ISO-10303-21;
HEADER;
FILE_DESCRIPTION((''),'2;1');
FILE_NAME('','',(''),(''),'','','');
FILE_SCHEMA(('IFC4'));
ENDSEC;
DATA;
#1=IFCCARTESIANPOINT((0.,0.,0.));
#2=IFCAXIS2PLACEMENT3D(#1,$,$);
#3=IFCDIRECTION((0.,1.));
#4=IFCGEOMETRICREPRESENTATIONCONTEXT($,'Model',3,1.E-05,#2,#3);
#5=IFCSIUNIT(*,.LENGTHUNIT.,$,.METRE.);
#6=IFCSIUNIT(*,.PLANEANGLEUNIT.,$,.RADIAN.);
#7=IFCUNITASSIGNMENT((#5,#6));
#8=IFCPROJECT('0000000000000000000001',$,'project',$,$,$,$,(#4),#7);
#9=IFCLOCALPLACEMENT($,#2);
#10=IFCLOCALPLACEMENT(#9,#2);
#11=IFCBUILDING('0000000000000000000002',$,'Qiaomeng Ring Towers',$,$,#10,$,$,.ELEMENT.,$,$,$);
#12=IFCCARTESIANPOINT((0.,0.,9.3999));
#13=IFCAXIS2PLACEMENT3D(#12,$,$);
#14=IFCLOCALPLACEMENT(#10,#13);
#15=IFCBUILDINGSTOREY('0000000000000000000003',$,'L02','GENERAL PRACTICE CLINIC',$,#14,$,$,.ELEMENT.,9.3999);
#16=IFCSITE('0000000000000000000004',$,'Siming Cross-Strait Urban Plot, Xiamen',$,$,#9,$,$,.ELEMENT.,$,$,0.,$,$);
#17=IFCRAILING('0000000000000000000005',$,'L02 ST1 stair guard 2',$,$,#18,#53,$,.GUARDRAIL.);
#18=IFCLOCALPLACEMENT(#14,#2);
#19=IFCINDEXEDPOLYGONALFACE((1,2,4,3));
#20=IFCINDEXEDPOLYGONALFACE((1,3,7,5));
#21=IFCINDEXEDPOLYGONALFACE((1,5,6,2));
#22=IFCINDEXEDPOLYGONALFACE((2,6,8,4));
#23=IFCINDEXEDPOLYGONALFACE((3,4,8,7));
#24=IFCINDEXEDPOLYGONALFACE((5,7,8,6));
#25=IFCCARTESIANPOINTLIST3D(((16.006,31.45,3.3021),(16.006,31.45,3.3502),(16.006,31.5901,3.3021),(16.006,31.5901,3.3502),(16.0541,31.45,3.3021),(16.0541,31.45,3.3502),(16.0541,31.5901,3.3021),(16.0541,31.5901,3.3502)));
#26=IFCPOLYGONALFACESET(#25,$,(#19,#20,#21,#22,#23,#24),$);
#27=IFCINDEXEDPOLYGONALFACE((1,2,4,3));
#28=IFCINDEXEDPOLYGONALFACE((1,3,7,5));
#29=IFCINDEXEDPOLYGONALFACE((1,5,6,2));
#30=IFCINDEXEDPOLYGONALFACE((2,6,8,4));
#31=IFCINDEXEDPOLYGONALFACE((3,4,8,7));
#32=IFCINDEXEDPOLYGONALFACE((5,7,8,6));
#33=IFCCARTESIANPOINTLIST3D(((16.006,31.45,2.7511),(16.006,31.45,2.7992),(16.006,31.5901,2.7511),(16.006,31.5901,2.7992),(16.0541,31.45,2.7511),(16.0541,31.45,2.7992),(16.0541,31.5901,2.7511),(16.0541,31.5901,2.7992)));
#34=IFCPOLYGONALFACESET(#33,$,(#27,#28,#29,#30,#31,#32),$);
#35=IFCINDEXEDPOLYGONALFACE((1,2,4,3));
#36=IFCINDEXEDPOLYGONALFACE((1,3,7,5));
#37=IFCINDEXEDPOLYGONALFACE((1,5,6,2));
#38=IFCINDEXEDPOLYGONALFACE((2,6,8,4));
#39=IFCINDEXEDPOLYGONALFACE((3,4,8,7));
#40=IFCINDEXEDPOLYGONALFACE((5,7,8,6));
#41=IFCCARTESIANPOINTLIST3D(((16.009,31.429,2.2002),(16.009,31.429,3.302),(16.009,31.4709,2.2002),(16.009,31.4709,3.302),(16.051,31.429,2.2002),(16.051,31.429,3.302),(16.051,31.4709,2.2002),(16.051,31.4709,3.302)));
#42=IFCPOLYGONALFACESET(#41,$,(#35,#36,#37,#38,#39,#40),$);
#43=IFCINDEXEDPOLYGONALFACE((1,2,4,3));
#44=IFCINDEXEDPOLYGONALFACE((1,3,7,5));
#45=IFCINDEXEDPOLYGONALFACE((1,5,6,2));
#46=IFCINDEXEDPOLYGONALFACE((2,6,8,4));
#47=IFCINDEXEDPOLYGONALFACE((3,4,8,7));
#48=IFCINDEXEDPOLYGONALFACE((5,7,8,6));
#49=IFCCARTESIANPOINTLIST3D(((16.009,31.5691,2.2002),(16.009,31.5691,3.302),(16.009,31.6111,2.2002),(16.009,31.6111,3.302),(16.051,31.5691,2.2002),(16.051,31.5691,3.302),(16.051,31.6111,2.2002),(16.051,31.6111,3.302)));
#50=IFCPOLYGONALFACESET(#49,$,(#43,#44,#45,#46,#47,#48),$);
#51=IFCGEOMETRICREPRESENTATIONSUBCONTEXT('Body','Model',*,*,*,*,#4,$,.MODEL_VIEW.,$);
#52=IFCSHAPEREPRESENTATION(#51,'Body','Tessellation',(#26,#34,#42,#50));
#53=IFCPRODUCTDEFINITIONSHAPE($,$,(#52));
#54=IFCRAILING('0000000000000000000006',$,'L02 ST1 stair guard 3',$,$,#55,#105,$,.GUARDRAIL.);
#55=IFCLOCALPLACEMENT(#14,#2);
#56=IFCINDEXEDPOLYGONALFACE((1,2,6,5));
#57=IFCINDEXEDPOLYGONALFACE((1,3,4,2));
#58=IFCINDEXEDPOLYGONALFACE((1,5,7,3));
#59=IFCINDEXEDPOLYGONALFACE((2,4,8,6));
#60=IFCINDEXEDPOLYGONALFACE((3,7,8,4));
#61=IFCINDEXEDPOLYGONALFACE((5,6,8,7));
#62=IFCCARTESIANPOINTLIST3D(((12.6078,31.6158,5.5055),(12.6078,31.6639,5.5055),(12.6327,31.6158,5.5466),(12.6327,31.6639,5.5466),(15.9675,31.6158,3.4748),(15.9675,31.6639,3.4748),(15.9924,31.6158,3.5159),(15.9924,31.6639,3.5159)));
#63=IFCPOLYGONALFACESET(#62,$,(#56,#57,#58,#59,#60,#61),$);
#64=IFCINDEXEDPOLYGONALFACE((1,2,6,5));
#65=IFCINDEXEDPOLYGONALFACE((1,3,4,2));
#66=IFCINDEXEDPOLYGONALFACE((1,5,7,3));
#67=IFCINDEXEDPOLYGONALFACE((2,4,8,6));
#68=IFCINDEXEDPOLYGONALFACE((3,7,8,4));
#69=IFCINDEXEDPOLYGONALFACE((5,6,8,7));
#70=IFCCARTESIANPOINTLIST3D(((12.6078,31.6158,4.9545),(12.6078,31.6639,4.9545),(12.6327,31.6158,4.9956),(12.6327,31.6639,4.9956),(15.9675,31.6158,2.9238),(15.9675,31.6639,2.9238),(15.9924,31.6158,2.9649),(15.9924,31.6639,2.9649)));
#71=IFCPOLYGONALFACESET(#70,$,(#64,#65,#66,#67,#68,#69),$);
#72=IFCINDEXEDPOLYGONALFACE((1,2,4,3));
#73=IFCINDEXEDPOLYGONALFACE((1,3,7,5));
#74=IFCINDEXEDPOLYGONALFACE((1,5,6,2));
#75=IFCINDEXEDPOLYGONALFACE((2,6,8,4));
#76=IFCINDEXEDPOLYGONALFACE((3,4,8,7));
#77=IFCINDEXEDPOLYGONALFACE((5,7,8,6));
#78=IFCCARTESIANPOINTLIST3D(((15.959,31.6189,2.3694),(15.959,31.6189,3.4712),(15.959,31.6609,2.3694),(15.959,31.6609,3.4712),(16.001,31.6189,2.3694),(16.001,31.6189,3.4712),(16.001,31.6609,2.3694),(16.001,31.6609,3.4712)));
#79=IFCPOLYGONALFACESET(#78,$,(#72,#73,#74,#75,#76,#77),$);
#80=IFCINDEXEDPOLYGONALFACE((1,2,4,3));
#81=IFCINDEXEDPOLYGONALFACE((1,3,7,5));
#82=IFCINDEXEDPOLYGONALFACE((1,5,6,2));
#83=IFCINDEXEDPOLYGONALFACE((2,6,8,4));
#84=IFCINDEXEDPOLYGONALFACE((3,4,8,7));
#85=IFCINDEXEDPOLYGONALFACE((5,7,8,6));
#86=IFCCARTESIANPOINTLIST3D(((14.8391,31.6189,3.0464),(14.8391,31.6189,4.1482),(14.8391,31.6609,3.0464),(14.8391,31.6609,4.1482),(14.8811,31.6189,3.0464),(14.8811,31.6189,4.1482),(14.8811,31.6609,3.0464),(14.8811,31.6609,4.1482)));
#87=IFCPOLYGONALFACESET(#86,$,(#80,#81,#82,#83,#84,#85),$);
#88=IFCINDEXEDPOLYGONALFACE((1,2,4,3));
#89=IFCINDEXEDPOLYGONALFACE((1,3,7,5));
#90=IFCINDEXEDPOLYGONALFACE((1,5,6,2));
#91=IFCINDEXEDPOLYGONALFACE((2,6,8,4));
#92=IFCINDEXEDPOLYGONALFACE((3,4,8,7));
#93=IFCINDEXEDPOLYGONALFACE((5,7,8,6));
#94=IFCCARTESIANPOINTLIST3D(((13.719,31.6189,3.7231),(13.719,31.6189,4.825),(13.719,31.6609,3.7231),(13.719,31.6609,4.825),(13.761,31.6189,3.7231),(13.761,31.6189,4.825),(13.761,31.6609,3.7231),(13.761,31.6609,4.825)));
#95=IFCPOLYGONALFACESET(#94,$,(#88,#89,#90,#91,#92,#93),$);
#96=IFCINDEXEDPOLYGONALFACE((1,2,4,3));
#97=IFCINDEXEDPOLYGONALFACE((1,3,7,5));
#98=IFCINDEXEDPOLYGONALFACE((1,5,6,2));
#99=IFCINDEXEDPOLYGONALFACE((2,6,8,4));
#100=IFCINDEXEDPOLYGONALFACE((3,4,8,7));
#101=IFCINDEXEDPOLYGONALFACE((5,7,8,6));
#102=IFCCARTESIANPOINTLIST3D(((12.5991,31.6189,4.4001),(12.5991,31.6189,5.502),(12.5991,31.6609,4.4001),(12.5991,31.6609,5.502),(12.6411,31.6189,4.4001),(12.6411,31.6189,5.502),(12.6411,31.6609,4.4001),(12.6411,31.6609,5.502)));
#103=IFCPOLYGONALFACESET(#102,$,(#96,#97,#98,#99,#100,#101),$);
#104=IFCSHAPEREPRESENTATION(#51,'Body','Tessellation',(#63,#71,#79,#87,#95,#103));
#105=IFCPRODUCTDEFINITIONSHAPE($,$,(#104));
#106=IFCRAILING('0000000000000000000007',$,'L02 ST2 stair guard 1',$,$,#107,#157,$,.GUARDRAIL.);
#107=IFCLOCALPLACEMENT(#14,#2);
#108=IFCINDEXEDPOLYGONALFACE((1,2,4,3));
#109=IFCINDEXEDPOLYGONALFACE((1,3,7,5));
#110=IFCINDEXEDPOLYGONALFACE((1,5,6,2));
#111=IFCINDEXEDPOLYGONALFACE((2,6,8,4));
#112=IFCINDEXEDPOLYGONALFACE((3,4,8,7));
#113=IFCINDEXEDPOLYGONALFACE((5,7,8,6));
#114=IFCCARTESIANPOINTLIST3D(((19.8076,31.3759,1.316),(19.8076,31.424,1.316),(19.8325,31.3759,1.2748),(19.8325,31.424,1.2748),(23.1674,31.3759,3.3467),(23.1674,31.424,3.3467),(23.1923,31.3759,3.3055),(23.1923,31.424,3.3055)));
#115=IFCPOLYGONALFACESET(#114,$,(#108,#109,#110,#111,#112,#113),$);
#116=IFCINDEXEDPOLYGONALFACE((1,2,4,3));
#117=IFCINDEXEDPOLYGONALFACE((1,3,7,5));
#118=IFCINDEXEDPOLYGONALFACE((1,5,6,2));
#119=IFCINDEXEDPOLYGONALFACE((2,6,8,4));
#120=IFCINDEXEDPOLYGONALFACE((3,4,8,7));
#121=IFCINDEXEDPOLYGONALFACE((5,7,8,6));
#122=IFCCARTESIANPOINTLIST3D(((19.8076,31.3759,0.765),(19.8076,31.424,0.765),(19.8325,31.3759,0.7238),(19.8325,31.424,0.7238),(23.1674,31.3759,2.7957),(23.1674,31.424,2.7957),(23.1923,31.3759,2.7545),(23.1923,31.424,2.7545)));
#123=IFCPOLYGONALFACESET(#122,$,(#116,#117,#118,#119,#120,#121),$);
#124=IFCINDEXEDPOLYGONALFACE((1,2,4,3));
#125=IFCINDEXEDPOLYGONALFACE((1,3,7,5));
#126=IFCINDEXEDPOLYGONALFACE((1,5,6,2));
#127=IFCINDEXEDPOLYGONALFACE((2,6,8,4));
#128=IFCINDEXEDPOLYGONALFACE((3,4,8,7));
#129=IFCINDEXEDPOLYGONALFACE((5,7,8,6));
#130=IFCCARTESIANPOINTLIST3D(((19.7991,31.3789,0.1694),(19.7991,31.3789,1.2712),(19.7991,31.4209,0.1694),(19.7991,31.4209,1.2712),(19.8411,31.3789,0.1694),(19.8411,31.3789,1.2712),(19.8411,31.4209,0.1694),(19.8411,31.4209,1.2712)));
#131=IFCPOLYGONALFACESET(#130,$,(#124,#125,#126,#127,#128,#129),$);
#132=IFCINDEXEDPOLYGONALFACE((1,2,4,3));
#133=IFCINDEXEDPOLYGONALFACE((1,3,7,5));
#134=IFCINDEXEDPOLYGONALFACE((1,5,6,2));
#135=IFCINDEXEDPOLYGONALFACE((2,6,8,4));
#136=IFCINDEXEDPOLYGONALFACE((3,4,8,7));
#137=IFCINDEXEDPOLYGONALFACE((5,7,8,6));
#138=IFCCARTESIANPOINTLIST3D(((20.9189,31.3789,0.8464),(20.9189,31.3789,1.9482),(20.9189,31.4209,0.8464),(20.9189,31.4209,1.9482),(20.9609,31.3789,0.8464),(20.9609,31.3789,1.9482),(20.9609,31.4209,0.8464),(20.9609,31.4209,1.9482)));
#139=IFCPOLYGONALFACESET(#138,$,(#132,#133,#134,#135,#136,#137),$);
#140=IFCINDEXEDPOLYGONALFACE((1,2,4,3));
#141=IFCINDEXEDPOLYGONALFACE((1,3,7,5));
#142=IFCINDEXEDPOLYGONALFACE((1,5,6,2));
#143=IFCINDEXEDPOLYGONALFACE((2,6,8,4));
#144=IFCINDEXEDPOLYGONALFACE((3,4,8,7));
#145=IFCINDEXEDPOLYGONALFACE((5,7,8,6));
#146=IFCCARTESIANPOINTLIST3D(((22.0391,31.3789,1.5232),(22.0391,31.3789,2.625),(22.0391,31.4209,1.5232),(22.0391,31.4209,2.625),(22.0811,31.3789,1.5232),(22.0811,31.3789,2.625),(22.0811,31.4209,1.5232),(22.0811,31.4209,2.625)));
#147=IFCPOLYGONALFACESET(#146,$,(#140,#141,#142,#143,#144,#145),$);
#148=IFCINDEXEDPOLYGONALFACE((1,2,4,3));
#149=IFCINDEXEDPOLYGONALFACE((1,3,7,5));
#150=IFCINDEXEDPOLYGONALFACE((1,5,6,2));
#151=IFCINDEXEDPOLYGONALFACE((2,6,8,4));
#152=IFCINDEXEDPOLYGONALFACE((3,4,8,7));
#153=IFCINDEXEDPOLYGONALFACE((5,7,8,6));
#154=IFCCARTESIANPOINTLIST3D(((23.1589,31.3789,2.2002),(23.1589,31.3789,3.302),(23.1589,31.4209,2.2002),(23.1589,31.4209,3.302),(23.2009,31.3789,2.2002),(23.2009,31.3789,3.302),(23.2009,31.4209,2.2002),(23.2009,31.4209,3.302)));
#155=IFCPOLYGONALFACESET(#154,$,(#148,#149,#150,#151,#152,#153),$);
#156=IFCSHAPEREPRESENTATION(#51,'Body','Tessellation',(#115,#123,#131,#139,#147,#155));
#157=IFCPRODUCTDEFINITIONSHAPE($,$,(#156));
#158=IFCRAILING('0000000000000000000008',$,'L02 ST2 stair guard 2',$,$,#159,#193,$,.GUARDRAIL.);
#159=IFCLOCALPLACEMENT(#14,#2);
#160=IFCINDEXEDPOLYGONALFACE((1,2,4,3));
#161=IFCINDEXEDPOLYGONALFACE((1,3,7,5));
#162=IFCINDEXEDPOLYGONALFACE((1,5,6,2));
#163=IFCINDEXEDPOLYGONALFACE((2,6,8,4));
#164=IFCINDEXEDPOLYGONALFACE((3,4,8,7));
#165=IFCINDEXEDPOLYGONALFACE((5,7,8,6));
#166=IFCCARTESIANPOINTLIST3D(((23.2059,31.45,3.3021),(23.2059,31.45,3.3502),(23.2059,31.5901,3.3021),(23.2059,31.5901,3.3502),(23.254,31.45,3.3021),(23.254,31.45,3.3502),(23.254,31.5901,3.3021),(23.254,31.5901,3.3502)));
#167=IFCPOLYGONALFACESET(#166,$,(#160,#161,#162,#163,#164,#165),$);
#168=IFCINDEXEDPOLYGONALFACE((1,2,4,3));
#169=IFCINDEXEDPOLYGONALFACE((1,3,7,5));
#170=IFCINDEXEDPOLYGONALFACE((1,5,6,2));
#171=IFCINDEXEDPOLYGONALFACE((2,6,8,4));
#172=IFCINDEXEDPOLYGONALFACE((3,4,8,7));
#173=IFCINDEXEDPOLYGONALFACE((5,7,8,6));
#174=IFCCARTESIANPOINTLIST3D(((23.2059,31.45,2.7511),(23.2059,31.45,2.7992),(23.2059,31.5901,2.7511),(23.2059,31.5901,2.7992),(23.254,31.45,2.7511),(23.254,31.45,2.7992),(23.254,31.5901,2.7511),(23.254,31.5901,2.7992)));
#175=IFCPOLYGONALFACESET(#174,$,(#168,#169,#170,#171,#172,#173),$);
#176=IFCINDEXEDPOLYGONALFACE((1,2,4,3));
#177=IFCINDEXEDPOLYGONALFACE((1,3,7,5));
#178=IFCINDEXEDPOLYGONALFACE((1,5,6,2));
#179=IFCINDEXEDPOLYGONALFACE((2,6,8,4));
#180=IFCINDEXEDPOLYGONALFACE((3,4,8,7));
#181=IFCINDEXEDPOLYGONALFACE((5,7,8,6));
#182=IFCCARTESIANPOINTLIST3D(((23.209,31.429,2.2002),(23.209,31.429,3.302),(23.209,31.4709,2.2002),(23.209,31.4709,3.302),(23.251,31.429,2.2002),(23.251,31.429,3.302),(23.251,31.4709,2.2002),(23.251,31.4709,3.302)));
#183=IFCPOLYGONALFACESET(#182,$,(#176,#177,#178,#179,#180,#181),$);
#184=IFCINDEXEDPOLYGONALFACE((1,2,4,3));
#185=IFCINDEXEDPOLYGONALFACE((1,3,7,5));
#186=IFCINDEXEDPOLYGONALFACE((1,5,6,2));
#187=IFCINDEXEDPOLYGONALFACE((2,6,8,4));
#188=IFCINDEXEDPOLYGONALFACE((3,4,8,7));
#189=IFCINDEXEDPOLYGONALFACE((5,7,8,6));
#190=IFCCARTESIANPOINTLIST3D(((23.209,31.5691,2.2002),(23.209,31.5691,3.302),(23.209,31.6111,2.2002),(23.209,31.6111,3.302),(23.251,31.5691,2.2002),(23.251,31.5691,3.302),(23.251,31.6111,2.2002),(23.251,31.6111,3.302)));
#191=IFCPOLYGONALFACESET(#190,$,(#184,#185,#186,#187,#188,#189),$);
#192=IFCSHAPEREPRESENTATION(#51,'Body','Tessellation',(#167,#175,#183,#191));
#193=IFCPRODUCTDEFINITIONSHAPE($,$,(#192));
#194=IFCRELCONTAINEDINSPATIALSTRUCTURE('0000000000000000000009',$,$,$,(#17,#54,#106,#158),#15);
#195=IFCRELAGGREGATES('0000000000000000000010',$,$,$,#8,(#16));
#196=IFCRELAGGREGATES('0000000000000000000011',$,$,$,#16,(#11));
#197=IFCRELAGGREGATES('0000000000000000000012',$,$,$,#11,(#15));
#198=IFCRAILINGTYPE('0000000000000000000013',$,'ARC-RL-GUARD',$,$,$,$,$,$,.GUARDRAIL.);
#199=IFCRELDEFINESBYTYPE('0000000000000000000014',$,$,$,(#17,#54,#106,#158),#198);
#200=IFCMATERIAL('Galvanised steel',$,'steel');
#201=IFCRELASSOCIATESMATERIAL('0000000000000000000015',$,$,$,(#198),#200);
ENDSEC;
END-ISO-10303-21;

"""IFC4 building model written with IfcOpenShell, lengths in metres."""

from ifc_helpers import new_model, si_unit, direction, frame, origin, origin_2d, place, context, subcontext, project, spatial, rectangle, extrude, material, type_object, element, save


model = new_model("IFC4")

# Units and contexts
model_context = context("Model", 3, precision=1e-05, world=origin(), true_north=direction((0.0, 1.0)))
body_context = subcontext(model_context, "Body", "Model", "MODEL_VIEW")
ifc_project = project(units=[si_unit("LENGTHUNIT", "METRE"), si_unit("PLANEANGLEUNIT", "RADIAN")], contexts=[model_context])

# Site, building, storey
site_placement = place(None, origin())
site = spatial("IfcSite", under=ifc_project, at=site_placement, Name="Siming Cross-Strait Urban Plot, Xiamen", CompositionType="ELEMENT", RefElevation=0.0)
building_placement = place(site_placement, origin())
building = spatial("IfcBuilding", under=site, at=building_placement, Name="Qiaomeng Ring Towers", CompositionType="ELEMENT")
storey_placement = place(building_placement, frame((0.0, 0.0, 9.3999)))
storey = spatial("IfcBuildingStorey", under=building, at=storey_placement, Name="L02", Description="GENERAL PRACTICE CLINIC", CompositionType="ELEMENT", Elevation=9.3999)

# Shared definitions
ifc_material_1 = material(Name="Galvanised steel", Category="steel")

# Railings
railing_type_1 = type_object("IfcRailingType", Name="ARC-RL-GUARD", PredefinedType="GUARDRAIL", material=ifc_material_1)
railing_1_placement = place(storey_placement, frame((16.03, 31.45, 2.2002)))
element("IfcRailing", 1, at=railing_1_placement, inside=storey, type_object=railing_type_1, Name="L02 ST1 stair guard 2", PredefinedType="GUARDRAIL", context=body_context, shape_type="SweptSolid", body=[
    extrude(rectangle(XDim=0.0481, YDim=0.0481, at=origin_2d()), frame((0.0, 0.0, 1.126), z_axis=(0.0, 1.0, 0.0), x_axis=(-1.0, 0.0, 0.0)), (0.0, 0.0, 1.0), 0.1401),
    extrude(rectangle(XDim=0.0481, YDim=0.0481, at=origin_2d()), frame((0.0, 0.0, 0.575), z_axis=(0.0, 1.0, 0.0), x_axis=(-1.0, 0.0, 0.0)), (0.0, 0.0, 1.0), 0.1401),
    extrude(rectangle(XDim=0.042, YDim=0.042, at=origin_2d()), origin(), (0.0, 0.0, 1.0), 1.1018),
    extrude(rectangle(XDim=0.042, YDim=0.042, at=origin_2d()), frame((0.0, 0.1401, 0.0)), (0.0, 0.0, 1.0), 1.1018),
])
railing_2_placement = place(storey_placement, frame((15.98, 31.6399, 2.3694)))
element("IfcRailing", 2, at=railing_2_placement, inside=storey, type_object=railing_type_1, Name="L02 ST1 stair guard 3", PredefinedType="GUARDRAIL", context=body_context, shape_type="SweptSolid", body=[
    extrude(rectangle(XDim=0.0481, YDim=0.0481, at=origin_2d()), frame((0.0, 0.0, 1.126), z_axis=(-0.85582, 0.0, 0.517273), x_axis=(0.0, -1.0, 0.0)), (0.0, 0.0, 1.0), 3.9258),
    extrude(rectangle(XDim=0.0481, YDim=0.0481, at=origin_2d()), frame((0.0, 0.0, 0.575), z_axis=(-0.85582, 0.0, 0.517273), x_axis=(0.0, -1.0, 0.0)), (0.0, 0.0, 1.0), 3.9258),
    extrude(rectangle(XDim=0.042, YDim=0.042, at=origin_2d()), origin(), (0.0, 0.0, 1.0), 1.1018),
    extrude(rectangle(XDim=0.042, YDim=0.042, at=origin_2d()), frame((-1.1199, 0.0, 0.677)), (0.0, 0.0, 1.0), 1.1018),
    extrude(rectangle(XDim=0.042, YDim=0.042, at=origin_2d()), frame((-2.24, 0.0, 1.3538)), (0.0, 0.0, 1.0), 1.1018),
    extrude(rectangle(XDim=0.042, YDim=0.042, at=origin_2d()), frame((-3.3599, 0.0, 2.0308)), (0.0, 0.0, 1.0), 1.1018),
])
railing_3_placement = place(storey_placement, frame((19.8201, 31.3999, 0.1694)))
element("IfcRailing", 3, at=railing_3_placement, inside=storey, type_object=railing_type_1, Name="L02 ST2 stair guard 1", PredefinedType="GUARDRAIL", context=body_context, shape_type="SweptSolid", body=[
    extrude(rectangle(XDim=0.0481, YDim=0.0481, at=origin_2d()), frame((0.0, 0.0, 1.126), z_axis=(0.85582, 0.0, 0.517273), x_axis=(0.0, 1.0, 0.0)), (0.0, 0.0, 1.0), 3.9258),
    extrude(rectangle(XDim=0.0481, YDim=0.0481, at=origin_2d()), frame((0.0, 0.0, 0.575), z_axis=(0.85582, 0.0, 0.517273), x_axis=(0.0, 1.0, 0.0)), (0.0, 0.0, 1.0), 3.9258),
    extrude(rectangle(XDim=0.042, YDim=0.042, at=origin_2d()), origin(), (0.0, 0.0, 1.0), 1.1018),
    extrude(rectangle(XDim=0.042, YDim=0.042, at=origin_2d()), frame((1.1199, 0.0, 0.677)), (0.0, 0.0, 1.0), 1.1018),
    extrude(rectangle(XDim=0.042, YDim=0.042, at=origin_2d()), frame((2.24, 0.0, 1.3538)), (0.0, 0.0, 1.0), 1.1018),
    extrude(rectangle(XDim=0.042, YDim=0.042, at=origin_2d()), frame((3.3599, 0.0, 2.0308)), (0.0, 0.0, 1.0), 1.1018),
])
railing_4_placement = place(storey_placement, frame((23.23, 31.45, 2.2002)))
element("IfcRailing", 4, at=railing_4_placement, inside=storey, type_object=railing_type_1, Name="L02 ST2 stair guard 2", PredefinedType="GUARDRAIL", context=body_context, shape_type="SweptSolid", body=[
    extrude(rectangle(XDim=0.0481, YDim=0.0481, at=origin_2d()), frame((0.0, 0.0, 1.126), z_axis=(0.0, 1.0, 0.0), x_axis=(-1.0, 0.0, 0.0)), (0.0, 0.0, 1.0), 0.1401),
    extrude(rectangle(XDim=0.0481, YDim=0.0481, at=origin_2d()), frame((0.0, 0.0, 0.575), z_axis=(0.0, 1.0, 0.0), x_axis=(-1.0, 0.0, 0.0)), (0.0, 0.0, 1.0), 0.1401),
    extrude(rectangle(XDim=0.042, YDim=0.042, at=origin_2d()), origin(), (0.0, 0.0, 1.0), 1.1018),
    extrude(rectangle(XDim=0.042, YDim=0.042, at=origin_2d()), frame((0.0, 0.1401, 0.0)), (0.0, 0.0, 1.0), 1.1018),
])

save(model, "model.ifc")
